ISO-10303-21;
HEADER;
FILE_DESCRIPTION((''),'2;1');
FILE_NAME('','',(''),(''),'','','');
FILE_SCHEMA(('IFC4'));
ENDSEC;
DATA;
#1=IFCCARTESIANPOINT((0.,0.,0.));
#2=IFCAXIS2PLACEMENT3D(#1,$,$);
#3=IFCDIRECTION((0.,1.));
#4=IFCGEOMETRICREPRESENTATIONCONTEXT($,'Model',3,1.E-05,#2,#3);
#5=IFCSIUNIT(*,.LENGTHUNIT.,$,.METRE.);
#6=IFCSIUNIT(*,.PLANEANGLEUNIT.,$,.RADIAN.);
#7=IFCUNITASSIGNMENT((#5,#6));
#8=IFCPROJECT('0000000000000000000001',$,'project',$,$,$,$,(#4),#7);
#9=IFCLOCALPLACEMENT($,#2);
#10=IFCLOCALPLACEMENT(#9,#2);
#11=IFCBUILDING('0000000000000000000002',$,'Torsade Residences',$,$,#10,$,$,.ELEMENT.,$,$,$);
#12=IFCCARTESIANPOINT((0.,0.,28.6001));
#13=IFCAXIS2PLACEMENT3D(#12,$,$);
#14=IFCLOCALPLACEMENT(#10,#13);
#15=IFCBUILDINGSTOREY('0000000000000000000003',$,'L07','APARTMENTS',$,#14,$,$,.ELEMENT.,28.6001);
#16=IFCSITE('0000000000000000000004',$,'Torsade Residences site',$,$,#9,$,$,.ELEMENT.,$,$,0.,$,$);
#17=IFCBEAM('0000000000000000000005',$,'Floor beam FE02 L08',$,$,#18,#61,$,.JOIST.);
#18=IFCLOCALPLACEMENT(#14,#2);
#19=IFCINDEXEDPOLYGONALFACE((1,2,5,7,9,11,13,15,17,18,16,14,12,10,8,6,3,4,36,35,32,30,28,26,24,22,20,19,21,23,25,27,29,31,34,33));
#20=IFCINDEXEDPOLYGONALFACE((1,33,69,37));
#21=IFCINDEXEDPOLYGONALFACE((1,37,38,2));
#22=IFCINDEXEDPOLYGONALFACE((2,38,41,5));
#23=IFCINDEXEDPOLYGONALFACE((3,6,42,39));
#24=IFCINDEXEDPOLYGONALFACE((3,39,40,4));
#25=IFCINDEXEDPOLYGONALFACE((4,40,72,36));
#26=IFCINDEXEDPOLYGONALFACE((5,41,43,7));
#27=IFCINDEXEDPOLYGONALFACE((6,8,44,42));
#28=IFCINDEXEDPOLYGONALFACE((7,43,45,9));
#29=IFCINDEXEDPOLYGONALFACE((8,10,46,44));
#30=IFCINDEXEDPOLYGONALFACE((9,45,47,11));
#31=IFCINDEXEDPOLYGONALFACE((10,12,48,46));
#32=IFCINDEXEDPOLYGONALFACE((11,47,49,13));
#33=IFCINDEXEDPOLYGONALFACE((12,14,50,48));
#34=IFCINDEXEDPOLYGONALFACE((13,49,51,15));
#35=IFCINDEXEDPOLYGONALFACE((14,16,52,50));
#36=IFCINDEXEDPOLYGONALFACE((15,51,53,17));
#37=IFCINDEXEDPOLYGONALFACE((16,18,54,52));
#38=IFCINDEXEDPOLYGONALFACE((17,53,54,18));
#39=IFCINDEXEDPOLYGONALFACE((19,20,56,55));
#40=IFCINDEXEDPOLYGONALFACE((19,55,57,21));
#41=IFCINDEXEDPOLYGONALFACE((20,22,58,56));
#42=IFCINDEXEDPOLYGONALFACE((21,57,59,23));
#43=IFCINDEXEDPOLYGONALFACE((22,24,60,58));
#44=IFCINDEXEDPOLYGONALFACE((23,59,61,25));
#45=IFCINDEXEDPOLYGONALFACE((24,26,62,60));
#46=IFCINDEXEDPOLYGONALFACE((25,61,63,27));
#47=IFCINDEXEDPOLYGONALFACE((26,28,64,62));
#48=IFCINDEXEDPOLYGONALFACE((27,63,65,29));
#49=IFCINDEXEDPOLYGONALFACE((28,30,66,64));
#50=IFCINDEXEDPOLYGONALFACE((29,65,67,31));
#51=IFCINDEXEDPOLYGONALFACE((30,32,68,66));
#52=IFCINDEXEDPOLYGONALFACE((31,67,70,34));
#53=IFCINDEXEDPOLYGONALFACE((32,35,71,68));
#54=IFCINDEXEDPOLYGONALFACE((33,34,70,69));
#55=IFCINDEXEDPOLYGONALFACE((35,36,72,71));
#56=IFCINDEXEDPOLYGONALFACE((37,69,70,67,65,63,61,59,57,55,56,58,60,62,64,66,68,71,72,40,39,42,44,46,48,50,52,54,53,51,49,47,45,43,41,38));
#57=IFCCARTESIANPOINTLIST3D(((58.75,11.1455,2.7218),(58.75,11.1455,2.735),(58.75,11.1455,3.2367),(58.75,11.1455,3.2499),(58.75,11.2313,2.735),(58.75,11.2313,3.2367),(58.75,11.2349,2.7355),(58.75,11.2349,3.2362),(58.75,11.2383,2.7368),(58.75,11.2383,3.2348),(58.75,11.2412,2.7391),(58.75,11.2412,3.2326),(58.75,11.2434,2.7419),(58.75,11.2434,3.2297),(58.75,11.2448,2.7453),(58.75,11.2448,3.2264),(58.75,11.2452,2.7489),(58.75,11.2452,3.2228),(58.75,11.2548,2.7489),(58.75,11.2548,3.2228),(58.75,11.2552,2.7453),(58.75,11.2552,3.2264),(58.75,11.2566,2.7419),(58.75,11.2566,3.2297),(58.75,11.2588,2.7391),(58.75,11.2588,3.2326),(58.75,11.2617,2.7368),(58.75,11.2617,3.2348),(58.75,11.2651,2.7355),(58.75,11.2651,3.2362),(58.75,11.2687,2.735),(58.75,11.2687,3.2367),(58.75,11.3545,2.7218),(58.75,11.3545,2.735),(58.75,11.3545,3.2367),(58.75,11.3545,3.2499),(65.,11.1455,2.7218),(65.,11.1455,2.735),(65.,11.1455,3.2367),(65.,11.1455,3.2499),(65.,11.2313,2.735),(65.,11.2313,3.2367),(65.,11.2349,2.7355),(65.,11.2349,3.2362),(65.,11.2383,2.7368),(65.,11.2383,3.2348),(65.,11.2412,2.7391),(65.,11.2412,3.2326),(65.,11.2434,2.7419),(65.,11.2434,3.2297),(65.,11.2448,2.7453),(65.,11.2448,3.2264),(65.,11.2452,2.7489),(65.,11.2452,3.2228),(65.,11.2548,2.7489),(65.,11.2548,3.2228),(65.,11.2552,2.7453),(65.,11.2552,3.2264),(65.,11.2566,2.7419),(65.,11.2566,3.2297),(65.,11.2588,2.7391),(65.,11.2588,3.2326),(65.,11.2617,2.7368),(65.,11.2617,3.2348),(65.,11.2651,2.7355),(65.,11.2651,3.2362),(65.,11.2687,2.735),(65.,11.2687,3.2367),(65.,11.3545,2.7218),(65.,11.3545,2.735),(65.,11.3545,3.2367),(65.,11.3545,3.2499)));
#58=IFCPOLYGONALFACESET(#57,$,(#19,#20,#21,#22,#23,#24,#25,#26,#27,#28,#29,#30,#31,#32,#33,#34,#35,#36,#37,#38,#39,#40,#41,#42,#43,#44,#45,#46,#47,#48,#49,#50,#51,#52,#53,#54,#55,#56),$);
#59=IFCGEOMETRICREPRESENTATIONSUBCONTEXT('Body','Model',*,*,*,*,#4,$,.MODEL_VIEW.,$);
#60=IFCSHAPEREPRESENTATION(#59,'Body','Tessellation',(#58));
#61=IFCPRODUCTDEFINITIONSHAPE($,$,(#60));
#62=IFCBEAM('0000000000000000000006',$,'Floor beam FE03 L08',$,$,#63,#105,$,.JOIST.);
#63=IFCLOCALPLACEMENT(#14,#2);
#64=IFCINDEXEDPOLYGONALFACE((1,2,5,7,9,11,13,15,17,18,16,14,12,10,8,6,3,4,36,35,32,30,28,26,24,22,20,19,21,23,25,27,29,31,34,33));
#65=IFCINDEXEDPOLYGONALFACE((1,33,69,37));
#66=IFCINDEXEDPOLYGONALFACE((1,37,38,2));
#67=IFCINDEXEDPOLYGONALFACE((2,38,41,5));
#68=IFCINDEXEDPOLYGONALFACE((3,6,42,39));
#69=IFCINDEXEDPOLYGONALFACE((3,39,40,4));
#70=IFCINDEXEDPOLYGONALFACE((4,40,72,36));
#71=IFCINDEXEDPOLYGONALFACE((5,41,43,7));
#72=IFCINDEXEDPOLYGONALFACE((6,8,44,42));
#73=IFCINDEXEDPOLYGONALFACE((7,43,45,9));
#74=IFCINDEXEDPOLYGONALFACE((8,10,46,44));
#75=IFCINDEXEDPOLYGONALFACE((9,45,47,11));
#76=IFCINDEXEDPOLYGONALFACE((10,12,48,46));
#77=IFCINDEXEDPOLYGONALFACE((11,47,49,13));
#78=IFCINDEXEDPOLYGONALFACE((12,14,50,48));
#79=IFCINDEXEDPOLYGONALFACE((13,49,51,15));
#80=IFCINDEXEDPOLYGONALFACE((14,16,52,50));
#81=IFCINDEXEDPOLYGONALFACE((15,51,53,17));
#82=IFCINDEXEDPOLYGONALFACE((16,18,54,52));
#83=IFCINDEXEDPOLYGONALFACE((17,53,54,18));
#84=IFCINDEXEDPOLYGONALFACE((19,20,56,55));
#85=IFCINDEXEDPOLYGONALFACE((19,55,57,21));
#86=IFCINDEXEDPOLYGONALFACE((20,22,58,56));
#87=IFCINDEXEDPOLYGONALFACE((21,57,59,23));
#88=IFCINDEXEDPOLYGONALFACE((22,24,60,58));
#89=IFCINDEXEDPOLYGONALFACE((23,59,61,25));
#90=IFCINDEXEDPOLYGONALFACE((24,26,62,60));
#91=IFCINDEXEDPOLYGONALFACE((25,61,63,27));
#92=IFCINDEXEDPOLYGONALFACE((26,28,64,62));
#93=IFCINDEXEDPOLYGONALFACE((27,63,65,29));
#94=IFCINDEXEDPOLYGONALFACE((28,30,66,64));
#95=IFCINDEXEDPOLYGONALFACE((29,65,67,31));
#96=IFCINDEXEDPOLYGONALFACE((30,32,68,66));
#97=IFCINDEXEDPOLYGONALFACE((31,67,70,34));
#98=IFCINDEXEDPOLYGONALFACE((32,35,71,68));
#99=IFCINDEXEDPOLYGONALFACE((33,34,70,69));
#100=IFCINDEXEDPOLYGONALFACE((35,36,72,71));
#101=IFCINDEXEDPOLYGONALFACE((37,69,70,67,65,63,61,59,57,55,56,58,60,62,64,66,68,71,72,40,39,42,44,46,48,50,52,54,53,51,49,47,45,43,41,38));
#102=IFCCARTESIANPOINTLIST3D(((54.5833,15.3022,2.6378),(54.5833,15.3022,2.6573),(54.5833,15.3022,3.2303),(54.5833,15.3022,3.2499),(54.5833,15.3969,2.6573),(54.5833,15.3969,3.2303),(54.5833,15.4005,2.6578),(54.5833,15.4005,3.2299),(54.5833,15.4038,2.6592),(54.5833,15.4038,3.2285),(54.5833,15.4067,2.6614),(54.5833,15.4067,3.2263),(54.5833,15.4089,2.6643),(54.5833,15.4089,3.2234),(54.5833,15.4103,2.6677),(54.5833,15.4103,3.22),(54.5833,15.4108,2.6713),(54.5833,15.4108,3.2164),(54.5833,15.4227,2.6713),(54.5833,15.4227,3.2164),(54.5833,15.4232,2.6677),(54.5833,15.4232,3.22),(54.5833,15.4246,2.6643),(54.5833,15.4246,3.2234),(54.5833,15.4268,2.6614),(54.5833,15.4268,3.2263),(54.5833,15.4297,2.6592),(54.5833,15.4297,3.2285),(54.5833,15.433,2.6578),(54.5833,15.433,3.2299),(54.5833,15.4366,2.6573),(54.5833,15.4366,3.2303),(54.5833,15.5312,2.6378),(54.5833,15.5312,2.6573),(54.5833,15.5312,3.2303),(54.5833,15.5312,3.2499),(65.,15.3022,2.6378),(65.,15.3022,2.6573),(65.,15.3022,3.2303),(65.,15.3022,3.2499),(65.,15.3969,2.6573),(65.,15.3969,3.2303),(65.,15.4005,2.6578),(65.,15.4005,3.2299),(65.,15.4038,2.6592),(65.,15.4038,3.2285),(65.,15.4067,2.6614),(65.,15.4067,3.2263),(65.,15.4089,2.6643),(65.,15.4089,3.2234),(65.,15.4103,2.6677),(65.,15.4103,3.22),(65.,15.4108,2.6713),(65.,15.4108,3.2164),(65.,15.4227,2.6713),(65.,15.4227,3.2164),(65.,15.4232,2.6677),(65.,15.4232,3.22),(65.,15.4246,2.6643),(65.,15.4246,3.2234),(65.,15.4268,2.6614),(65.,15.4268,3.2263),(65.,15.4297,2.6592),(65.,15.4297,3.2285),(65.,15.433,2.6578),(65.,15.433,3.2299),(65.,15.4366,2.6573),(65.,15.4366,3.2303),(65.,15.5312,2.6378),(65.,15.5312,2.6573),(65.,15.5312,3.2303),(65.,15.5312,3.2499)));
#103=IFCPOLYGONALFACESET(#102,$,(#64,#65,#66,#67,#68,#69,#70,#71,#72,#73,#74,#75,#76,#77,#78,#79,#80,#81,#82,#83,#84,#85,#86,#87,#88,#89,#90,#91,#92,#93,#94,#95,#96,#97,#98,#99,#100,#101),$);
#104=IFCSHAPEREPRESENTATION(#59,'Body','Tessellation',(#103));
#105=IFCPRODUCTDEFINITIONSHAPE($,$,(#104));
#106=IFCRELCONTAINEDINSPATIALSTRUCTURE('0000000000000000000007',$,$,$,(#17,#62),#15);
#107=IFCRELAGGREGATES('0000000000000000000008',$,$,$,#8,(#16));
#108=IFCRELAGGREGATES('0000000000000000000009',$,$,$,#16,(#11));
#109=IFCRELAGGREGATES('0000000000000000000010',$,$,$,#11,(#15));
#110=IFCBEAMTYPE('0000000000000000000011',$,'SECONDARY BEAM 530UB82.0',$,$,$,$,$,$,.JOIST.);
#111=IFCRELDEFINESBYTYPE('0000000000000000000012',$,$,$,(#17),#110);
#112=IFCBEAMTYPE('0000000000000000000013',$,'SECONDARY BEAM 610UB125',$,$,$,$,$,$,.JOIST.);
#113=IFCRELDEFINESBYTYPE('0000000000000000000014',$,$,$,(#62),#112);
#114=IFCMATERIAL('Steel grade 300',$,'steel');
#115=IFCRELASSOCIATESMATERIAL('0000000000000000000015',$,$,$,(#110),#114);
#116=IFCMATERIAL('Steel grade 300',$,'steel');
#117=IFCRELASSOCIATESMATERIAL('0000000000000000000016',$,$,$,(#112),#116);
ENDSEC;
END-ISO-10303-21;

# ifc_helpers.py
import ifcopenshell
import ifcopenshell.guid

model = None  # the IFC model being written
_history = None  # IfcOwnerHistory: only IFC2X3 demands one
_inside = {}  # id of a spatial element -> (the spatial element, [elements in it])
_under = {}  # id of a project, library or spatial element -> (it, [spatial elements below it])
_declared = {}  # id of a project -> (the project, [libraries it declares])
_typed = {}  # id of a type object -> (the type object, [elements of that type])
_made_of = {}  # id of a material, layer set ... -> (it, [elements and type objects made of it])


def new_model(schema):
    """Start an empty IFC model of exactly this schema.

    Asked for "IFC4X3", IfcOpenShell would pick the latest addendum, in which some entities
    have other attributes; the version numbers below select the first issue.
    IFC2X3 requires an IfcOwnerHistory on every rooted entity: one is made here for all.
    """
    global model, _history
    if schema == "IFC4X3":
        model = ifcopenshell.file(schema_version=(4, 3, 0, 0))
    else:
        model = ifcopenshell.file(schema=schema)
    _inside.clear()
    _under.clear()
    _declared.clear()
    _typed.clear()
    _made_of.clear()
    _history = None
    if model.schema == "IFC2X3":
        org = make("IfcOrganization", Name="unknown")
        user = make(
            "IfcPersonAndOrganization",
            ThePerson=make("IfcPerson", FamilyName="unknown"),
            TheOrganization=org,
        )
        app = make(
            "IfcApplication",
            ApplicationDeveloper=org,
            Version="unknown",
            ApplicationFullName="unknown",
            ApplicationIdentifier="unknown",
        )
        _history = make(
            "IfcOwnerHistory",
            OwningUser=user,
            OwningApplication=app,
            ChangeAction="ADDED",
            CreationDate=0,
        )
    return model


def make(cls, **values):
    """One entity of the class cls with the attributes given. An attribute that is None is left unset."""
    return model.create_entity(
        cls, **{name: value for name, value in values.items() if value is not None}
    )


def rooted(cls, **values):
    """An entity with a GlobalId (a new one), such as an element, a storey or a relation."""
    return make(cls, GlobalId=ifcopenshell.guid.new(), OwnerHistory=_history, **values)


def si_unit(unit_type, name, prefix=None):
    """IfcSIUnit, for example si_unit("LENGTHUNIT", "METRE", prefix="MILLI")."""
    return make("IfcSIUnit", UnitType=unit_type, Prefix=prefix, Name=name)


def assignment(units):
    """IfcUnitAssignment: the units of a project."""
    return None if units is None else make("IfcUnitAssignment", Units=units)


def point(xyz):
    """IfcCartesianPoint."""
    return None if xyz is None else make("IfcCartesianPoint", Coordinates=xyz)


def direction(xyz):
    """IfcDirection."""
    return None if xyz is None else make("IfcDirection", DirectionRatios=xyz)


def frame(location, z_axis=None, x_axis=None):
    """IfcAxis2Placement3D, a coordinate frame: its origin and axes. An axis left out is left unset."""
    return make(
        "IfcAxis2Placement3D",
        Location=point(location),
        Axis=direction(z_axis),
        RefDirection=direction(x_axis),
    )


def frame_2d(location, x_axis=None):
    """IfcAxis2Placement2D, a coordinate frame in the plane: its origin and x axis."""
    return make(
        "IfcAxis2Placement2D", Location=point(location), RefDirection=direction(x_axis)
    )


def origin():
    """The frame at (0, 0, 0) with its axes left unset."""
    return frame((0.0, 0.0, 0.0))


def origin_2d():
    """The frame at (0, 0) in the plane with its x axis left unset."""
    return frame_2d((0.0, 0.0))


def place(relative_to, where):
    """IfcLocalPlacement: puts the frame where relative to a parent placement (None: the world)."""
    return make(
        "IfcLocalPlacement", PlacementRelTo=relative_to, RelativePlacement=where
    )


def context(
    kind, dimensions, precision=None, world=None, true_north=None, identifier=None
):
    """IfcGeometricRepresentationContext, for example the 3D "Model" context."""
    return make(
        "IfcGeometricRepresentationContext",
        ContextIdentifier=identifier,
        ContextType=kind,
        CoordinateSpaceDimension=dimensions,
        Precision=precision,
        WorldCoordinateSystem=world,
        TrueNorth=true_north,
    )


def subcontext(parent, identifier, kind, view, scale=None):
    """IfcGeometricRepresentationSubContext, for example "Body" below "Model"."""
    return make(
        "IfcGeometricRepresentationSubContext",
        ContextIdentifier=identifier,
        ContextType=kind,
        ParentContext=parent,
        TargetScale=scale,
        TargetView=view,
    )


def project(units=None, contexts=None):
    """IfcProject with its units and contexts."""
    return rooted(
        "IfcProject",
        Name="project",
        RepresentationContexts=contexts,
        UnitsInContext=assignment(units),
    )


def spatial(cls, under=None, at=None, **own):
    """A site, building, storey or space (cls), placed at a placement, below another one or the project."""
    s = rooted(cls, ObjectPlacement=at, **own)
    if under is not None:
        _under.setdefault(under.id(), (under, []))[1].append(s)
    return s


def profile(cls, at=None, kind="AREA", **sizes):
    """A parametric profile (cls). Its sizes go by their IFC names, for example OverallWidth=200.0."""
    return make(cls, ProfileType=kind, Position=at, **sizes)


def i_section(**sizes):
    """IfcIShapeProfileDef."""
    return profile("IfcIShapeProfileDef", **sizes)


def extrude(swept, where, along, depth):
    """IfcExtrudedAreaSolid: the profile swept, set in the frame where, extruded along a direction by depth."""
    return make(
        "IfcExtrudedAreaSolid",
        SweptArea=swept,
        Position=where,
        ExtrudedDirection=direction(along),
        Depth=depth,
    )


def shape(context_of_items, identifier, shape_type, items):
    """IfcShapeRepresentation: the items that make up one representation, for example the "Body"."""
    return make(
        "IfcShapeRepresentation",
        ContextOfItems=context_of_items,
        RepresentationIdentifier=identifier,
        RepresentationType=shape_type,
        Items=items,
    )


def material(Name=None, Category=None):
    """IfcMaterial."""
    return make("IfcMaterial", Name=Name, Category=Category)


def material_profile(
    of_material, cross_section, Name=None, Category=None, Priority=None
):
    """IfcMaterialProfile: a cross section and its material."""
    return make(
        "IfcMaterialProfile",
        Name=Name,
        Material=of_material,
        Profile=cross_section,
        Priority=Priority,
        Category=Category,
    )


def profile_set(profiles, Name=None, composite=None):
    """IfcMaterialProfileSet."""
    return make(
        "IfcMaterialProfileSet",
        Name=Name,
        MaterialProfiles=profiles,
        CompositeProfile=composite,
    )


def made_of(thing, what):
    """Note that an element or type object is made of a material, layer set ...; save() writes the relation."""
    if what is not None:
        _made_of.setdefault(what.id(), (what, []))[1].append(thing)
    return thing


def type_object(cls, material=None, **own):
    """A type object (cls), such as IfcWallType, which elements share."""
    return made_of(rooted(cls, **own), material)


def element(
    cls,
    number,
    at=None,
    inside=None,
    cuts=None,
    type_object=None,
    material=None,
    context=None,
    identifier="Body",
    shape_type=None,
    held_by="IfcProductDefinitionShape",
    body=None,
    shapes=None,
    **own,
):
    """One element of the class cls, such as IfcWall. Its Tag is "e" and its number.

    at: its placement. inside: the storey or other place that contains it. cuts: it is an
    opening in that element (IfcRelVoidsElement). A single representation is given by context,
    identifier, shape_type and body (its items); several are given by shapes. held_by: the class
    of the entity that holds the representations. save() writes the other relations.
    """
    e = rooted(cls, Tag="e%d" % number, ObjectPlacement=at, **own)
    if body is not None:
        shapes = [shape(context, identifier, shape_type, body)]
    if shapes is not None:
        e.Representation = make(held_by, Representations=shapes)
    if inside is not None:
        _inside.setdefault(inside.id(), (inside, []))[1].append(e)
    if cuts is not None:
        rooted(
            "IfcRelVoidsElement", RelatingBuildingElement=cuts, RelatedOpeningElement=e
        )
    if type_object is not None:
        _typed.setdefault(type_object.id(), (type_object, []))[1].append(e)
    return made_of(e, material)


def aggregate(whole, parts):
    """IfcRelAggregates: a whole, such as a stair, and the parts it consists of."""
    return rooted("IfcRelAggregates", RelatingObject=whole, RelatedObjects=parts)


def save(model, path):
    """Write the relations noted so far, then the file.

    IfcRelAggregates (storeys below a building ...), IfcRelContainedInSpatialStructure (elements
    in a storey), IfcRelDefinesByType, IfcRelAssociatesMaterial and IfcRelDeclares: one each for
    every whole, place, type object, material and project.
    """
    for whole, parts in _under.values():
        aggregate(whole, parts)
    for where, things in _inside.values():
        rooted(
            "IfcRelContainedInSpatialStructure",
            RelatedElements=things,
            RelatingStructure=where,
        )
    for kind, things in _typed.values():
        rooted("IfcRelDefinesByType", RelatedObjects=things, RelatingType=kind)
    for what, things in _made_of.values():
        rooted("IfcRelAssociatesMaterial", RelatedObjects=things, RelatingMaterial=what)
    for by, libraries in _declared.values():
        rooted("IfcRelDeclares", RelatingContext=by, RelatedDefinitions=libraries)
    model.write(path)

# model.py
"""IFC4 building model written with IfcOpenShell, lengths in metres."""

from ifc_helpers import new_model, si_unit, direction, frame, origin, origin_2d, place, context, subcontext, project, spatial, i_section, extrude, material, material_profile, profile_set, type_object, element, save


model = new_model("IFC4")

# Units and contexts
model_context = context("Model", 3, precision=1e-05, world=origin(), true_north=direction((0.0, 1.0)))
body_context = subcontext(model_context, "Body", "Model", "MODEL_VIEW")
ifc_project = project(units=[si_unit("LENGTHUNIT", "METRE"), si_unit("PLANEANGLEUNIT", "RADIAN")], contexts=[model_context])

# Site, building, storey
site_placement = place(None, origin())
site = spatial("IfcSite", under=ifc_project, at=site_placement, Name="Torsade Residences site", CompositionType="ELEMENT", RefElevation=0.0)
building_placement = place(site_placement, origin())
building = spatial("IfcBuilding", under=site, at=building_placement, Name="Torsade Residences", CompositionType="ELEMENT")
storey_placement = place(building_placement, frame((0.0, 0.0, 28.6001)))
storey = spatial("IfcBuildingStorey", under=building, at=storey_placement, Name="L07", Description="APARTMENTS", CompositionType="ELEMENT", Elevation=28.6001)

# Beams
ifc_material_1 = material(Name="Steel grade 300", Category="steel")
ifc_material_profile_1 = material_profile(ifc_material_1, i_section(OverallWidth=0.209, OverallDepth=0.5281, WebThickness=0.0095, FlangeThickness=0.0132, FilletRadius=0.0139, at=origin_2d()), Name="530UB82.0")
ifc_profile_set_1 = profile_set([ifc_material_profile_1], Name="Steel grade 300")
beam_type_1 = type_object("IfcBeamType", Name="SECONDARY BEAM 530UB82.0", PredefinedType="JOIST", material=ifc_profile_set_1)
beam_1_placement = place(storey_placement, frame((65.0, 11.25, 2.9858), z_axis=(-1.0, 0.0, 0.0), x_axis=(0.0, -1.0, 0.0)))
element("IfcBeam", 1, at=beam_1_placement, inside=storey, type_object=beam_type_1, Name="Floor beam FE02 L08", PredefinedType="JOIST", context=body_context, shape_type="SweptSolid", body=[
    extrude(i_section(OverallWidth=0.209, OverallDepth=0.5281, WebThickness=0.0095, FlangeThickness=0.0132, FilletRadius=0.0139, at=origin_2d()), origin(), (0.0, 0.0, 1.0), 6.25),
])
ifc_material_2 = material(Name="Steel grade 300", Category="steel")
ifc_material_profile_2 = material_profile(ifc_material_2, i_section(OverallWidth=0.229, OverallDepth=0.6121, WebThickness=0.012, FlangeThickness=0.0195, FilletRadius=0.0139, at=origin_2d()), Name="610UB125")
ifc_profile_set_2 = profile_set([ifc_material_profile_2], Name="Steel grade 300")
beam_type_2 = type_object("IfcBeamType", Name="SECONDARY BEAM 610UB125", PredefinedType="JOIST", material=ifc_profile_set_2)
beam_2_placement = place(storey_placement, frame((65.0, 15.4167, 2.9438), z_axis=(-1.0, 0.0, 0.0), x_axis=(0.0, -1.0, 0.0)))
element("IfcBeam", 2, at=beam_2_placement, inside=storey, type_object=beam_type_2, Name="Floor beam FE03 L08", PredefinedType="JOIST", context=body_context, shape_type="SweptSolid", body=[
    extrude(i_section(OverallWidth=0.229, OverallDepth=0.6121, WebThickness=0.012, FlangeThickness=0.0195, FilletRadius=0.0139, at=origin_2d()), origin(), (0.0, 0.0, 1.0), 10.4167),
])

save(model, "model.ifc")
